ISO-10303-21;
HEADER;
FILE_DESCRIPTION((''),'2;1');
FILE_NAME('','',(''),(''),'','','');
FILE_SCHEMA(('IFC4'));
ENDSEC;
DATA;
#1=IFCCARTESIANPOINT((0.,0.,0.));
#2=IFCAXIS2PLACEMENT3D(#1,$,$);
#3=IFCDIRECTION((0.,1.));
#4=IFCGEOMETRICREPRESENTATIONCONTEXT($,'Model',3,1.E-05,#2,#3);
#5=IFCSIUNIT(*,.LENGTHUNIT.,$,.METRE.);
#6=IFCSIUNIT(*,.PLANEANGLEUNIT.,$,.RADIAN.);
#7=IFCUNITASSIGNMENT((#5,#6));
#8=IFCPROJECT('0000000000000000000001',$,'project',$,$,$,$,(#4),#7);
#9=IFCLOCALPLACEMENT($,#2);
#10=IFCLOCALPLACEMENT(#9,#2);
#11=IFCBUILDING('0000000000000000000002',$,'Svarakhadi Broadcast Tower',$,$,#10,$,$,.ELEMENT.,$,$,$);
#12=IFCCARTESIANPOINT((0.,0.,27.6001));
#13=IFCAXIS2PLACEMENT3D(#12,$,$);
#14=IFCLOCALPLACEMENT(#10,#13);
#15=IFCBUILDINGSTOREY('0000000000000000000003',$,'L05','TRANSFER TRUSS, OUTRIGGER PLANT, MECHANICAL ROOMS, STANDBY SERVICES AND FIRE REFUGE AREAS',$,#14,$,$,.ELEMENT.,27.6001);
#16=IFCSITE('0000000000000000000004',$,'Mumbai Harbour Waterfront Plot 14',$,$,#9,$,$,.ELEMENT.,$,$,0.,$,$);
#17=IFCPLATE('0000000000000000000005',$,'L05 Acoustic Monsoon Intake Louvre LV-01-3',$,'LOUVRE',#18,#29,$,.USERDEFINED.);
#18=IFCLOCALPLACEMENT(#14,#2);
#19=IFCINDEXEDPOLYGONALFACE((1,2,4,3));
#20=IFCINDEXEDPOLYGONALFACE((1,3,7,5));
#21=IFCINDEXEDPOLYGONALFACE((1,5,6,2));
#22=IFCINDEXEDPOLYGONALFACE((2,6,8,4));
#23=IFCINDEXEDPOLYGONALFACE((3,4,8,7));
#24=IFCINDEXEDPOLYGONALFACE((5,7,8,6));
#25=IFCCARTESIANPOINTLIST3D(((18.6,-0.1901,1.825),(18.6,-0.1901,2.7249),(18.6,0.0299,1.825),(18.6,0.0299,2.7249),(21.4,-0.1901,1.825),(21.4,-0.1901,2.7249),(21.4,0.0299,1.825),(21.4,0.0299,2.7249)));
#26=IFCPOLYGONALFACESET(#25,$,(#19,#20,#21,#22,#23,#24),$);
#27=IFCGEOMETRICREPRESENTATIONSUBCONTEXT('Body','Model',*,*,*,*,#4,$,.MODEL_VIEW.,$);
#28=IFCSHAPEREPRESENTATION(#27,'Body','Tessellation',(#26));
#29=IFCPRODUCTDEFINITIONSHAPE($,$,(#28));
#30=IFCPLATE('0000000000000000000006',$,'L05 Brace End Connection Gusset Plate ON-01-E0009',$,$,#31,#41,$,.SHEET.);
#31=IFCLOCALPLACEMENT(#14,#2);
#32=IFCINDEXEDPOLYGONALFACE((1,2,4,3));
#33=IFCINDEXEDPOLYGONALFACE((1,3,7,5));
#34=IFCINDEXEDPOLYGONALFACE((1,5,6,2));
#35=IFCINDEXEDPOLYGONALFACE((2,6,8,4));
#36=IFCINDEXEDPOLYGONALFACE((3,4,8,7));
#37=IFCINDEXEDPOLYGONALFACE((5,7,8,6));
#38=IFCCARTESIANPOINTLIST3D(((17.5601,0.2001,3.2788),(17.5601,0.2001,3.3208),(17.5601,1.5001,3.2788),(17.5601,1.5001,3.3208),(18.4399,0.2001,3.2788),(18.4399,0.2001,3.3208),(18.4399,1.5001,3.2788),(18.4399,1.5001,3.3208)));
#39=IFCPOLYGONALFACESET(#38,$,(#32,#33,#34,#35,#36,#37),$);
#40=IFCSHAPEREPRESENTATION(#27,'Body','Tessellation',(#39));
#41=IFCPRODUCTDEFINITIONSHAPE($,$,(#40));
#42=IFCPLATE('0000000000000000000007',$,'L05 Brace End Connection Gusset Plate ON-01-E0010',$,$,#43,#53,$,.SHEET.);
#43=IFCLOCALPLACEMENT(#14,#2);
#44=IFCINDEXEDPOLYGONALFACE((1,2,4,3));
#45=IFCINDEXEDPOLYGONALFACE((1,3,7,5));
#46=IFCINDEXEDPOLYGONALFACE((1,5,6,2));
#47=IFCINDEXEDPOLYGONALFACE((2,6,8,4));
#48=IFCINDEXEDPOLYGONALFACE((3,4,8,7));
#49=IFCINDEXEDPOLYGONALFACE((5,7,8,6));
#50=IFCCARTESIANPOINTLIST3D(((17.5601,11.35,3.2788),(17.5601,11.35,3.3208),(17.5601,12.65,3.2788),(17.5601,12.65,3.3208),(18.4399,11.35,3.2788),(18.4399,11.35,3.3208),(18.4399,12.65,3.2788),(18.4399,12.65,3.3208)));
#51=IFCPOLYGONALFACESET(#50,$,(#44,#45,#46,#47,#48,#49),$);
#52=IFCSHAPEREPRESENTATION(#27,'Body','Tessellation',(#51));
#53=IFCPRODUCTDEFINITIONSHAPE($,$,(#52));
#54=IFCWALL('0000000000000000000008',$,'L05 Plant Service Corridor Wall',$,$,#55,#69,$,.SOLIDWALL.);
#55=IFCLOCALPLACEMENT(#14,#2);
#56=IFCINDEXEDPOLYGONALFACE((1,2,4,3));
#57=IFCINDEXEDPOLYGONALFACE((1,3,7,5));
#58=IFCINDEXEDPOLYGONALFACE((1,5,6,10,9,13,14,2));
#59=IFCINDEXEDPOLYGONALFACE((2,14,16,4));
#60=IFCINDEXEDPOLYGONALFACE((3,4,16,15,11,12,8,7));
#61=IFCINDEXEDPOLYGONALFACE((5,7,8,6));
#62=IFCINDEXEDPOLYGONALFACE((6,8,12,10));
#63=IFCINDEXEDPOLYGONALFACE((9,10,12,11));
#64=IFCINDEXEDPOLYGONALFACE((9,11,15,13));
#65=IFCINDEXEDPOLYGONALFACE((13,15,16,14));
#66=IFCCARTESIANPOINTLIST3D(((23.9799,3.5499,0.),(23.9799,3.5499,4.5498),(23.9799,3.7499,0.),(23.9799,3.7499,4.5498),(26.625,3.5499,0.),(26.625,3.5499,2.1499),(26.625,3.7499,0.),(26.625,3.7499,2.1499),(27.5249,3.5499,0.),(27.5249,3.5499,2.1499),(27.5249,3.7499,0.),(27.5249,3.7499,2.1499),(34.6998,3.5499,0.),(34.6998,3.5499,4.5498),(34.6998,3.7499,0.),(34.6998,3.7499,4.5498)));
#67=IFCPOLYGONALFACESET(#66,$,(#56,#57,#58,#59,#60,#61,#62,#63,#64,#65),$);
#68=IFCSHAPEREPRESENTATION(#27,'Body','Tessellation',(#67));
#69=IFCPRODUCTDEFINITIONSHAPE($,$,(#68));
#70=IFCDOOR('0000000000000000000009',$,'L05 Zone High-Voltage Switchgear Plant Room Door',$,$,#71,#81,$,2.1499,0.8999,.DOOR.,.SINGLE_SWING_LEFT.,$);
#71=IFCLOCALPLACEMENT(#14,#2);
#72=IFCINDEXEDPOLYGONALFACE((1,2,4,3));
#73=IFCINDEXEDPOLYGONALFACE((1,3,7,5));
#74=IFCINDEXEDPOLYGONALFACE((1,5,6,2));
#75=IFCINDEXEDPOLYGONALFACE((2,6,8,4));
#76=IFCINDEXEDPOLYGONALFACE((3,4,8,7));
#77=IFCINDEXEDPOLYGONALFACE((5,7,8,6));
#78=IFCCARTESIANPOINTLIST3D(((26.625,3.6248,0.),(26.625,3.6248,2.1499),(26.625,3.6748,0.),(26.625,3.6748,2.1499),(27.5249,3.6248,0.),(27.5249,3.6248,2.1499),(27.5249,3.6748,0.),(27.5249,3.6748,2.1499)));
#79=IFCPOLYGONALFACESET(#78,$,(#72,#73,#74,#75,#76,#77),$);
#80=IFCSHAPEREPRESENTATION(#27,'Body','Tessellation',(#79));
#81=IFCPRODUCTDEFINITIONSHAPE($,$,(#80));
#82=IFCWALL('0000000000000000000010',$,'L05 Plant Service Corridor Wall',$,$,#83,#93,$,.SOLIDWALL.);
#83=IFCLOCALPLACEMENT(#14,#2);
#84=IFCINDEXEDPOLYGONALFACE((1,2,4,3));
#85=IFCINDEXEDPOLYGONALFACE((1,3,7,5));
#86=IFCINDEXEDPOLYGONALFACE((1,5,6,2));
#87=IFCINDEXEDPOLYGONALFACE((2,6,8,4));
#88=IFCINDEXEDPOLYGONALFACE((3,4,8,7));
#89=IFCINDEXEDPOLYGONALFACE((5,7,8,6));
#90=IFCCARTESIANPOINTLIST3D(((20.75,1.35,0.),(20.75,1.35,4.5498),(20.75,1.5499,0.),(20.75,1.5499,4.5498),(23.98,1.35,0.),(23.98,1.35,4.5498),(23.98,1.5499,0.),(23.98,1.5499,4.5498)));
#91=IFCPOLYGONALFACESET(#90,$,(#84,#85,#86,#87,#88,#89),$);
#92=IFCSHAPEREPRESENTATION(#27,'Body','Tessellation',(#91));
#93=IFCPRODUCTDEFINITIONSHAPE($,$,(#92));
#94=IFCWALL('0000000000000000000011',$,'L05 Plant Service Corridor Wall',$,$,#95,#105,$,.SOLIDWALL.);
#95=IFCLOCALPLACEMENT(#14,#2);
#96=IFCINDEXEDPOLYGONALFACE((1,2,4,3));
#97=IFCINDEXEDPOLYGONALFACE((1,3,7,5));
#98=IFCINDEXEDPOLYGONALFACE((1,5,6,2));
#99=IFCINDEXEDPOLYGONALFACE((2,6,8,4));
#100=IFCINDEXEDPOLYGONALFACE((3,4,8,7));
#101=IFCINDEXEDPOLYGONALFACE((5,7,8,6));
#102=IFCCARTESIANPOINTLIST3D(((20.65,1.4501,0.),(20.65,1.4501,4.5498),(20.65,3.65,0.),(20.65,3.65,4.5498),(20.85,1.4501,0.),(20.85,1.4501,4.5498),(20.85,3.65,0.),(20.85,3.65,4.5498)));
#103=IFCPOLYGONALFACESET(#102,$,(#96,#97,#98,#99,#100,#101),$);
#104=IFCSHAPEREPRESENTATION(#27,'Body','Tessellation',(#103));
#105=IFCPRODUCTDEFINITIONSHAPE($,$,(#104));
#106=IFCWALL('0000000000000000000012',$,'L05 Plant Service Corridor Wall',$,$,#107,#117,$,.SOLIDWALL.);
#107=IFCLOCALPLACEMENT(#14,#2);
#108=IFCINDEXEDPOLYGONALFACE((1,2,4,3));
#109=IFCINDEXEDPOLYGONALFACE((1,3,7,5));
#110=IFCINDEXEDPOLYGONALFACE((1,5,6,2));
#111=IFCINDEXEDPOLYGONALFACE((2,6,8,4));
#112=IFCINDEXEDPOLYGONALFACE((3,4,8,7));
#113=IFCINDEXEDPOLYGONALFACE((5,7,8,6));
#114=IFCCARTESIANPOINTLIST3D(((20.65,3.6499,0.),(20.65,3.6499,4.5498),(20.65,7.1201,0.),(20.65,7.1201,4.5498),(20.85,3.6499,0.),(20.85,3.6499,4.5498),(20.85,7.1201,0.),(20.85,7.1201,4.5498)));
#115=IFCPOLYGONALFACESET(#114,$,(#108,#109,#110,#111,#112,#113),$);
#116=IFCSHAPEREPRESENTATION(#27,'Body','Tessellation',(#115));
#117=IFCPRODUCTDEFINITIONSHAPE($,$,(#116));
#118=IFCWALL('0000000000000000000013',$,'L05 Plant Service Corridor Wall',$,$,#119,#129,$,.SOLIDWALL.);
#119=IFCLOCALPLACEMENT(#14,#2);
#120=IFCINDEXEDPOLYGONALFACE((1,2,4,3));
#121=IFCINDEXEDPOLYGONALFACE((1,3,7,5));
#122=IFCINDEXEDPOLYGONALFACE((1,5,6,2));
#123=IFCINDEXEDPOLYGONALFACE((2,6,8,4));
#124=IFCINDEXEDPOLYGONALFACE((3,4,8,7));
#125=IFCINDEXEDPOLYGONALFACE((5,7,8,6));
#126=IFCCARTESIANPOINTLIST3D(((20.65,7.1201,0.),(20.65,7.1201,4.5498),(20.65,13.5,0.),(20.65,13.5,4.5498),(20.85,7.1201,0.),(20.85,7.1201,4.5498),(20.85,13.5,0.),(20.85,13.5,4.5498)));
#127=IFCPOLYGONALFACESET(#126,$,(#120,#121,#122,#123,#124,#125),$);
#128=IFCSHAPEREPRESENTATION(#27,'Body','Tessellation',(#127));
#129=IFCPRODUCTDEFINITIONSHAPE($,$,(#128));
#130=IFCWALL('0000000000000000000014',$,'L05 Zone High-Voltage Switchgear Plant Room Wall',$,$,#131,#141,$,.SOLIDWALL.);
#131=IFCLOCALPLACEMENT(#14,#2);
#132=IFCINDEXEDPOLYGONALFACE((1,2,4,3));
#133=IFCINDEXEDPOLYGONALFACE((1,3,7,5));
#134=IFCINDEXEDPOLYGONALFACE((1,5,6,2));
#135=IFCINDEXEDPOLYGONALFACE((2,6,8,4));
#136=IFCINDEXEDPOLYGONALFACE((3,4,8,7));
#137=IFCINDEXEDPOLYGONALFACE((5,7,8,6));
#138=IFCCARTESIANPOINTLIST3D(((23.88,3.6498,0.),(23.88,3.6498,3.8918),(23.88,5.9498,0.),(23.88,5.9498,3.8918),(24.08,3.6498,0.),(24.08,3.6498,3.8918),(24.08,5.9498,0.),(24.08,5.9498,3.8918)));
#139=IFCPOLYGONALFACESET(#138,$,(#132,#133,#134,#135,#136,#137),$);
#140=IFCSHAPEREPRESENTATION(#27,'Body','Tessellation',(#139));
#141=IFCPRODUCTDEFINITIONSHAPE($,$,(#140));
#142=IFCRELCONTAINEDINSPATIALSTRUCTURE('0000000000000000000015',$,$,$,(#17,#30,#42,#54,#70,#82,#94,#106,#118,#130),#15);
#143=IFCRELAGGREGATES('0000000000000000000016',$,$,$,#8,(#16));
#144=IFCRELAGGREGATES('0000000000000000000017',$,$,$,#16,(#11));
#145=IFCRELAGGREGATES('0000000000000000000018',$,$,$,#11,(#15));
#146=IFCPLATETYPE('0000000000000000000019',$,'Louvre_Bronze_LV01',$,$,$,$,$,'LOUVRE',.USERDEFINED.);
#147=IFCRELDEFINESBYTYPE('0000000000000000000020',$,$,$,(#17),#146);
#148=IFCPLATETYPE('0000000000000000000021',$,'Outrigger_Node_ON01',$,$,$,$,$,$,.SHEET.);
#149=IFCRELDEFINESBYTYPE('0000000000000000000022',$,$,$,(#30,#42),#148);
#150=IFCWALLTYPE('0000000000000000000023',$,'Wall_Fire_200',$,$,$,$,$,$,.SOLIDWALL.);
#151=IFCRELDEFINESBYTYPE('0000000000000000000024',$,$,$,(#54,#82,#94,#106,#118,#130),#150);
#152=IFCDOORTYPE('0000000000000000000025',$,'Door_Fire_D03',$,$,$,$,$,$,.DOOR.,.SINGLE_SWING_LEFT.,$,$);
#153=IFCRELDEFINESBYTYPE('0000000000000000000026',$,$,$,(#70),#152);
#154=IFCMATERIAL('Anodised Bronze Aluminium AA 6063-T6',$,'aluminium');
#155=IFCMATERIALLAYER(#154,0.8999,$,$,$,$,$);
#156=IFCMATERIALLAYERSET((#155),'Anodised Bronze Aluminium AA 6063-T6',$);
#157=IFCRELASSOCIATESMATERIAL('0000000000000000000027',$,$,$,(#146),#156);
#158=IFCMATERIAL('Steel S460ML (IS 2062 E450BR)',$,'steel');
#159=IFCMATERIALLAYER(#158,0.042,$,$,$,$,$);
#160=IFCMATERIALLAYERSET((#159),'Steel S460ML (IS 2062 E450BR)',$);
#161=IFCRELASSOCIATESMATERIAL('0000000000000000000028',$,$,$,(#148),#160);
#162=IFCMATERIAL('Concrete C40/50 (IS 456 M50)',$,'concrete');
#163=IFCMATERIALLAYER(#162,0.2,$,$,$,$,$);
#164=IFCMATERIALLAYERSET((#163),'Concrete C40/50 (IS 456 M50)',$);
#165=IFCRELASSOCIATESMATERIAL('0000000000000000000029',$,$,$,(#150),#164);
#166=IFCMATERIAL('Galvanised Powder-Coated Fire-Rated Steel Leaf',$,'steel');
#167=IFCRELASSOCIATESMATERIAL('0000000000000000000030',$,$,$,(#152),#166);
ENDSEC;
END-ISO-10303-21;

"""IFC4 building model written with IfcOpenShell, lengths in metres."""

from ifc_helpers import new_model, si_unit, direction, frame, frame_2d, origin, origin_2d, place, context, subcontext, project, spatial, rectangle, extrude, material, layer, layer_set, type_object, element, fill, save


model = new_model("IFC4")

# Units and contexts
model_context = context("Model", 3, precision=1e-05, world=origin(), true_north=direction((0.0, 1.0)))
body_context = subcontext(model_context, "Body", "Model", "MODEL_VIEW")
ifc_project = project(units=[si_unit("LENGTHUNIT", "METRE"), si_unit("PLANEANGLEUNIT", "RADIAN")], contexts=[model_context])

# Site, building, storey
site_placement = place(None, origin())
site = spatial("IfcSite", under=ifc_project, at=site_placement, Name="Mumbai Harbour Waterfront Plot 14", CompositionType="ELEMENT", RefElevation=0.0)
building_placement = place(site_placement, origin())
building = spatial("IfcBuilding", under=site, at=building_placement, Name="Svarakhadi Broadcast Tower", CompositionType="ELEMENT")
storey_placement = place(building_placement, frame((0.0, 0.0, 27.6001)))
storey = spatial("IfcBuildingStorey", under=building, at=storey_placement, Name="L05", Description="TRANSFER TRUSS, OUTRIGGER PLANT, MECHANICAL ROOMS, STANDBY SERVICES AND FIRE REFUGE AREAS", CompositionType="ELEMENT", Elevation=27.6001)

# Shared definitions
ifc_material_1 = material(Name="Steel S460ML (IS 2062 E450BR)", Category="steel")

# Plates
ifc_material_2 = material(Name="Anodised Bronze Aluminium AA 6063-T6", Category="aluminium")
ifc_layer_1 = layer(ifc_material_2, 0.8999)
ifc_layer_set_1 = layer_set([ifc_layer_1], Name="Anodised Bronze Aluminium AA 6063-T6")
plate_type_1 = type_object("IfcPlateType", Name="Louvre_Bronze_LV01", ElementType="LOUVRE", PredefinedType="USERDEFINED", material=ifc_layer_set_1)
plate_placement = place(storey_placement, frame((20.0, -0.0801, 1.825), z_axis=(0.0, 0.0, 1.0), x_axis=(1.0, 0.0, 0.0)))
element("IfcPlate", 1, at=plate_placement, inside=storey, type_object=plate_type_1, Name="L05 Acoustic Monsoon Intake Louvre LV-01-3", ObjectType="LOUVRE", PredefinedType="USERDEFINED", context=body_context, shape_type="SweptSolid", body=[
    extrude(rectangle(XDim=2.8, YDim=0.22, at=origin_2d()), origin(), (0.0, 0.0, 1.0), 0.8999),
])
ifc_layer_2 = layer(ifc_material_1, 0.042)
ifc_layer_set_2 = layer_set([ifc_layer_2], Name="Steel S460ML (IS 2062 E450BR)")
plate_type_2 = type_object("IfcPlateType", Name="Outrigger_Node_ON01", PredefinedType="SHEET", material=ifc_layer_set_2)
for number, where, z_axis, x_axis, name in (
    (2, (18.0, 0.8501, 3.2788), (0.0, 0.0, 1.0), (0.0, 1.0, 0.0), "L05 Brace End Connection Gusset Plate ON-01-E0009"),
    (3, (18.0, 12.0, 3.2788), (0.0, 0.0, 1.0), (0.0, 1.0, 0.0), "L05 Brace End Connection Gusset Plate ON-01-E0010"),
):
    element("IfcPlate", number, at=place(storey_placement, frame(where, z_axis=z_axis, x_axis=x_axis)), inside=storey, type_object=plate_type_2, Name=name, PredefinedType="SHEET", context=body_context, shape_type="SweptSolid", body=[
        extrude(rectangle(XDim=1.3, YDim=0.8799, at=origin_2d()), origin(), (0.0, 0.0, 1.0), 0.042),
    ])

# Wall, opening, door
ifc_material_3 = material(Name="Concrete C40/50 (IS 456 M50)", Category="concrete")
ifc_layer_3 = layer(ifc_material_3, 0.2)
ifc_layer_set_3 = layer_set([ifc_layer_3], Name="Concrete C40/50 (IS 456 M50)")
wall_type_1 = type_object("IfcWallType", Name="Wall_Fire_200", PredefinedType="SOLIDWALL", material=ifc_layer_set_3)
wall_1_placement = place(storey_placement, frame((23.98, 3.6499, 0.0), z_axis=(0.0, 0.0, 1.0), x_axis=(1.0, 0.0, 0.0)))
wall_1 = element("IfcWall", 4, at=wall_1_placement, inside=storey, type_object=wall_type_1, Name="L05 Plant Service Corridor Wall", PredefinedType="SOLIDWALL", context=body_context, shape_type="SweptSolid", body=[
    extrude(rectangle(XDim=10.72, YDim=0.2, at=frame_2d((5.3599, 0.0))), origin(), (0.0, 0.0, 1.0), 4.5498),
])
opening_1_placement = place(wall_1_placement, frame((2.645, 0.0, 0.0)))
opening_1 = element("IfcOpeningElement", 5, at=opening_1_placement, cuts=wall_1, PredefinedType="OPENING", context=body_context, shape_type="SweptSolid", body=[
    extrude(rectangle(XDim=0.8999, YDim=2.1499, at=frame_2d((0.45, 1.075))), frame((0.0, 0.1099, 0.0), z_axis=(0.0, -1.0, 0.0), x_axis=(1.0, 0.0, 0.0)), (0.0, 0.0, 1.0), 0.22),
])
ifc_material_4 = material(Name="Galvanised Powder-Coated Fire-Rated Steel Leaf", Category="steel")
door_type_1 = type_object("IfcDoorType", Name="Door_Fire_D03", OperationType="SINGLE_SWING_LEFT", PredefinedType="DOOR", material=ifc_material_4)
door_1_placement = place(opening_1_placement, origin())
door_1 = element("IfcDoor", 6, at=door_1_placement, inside=storey, type_object=door_type_1, Name="L05 Zone High-Voltage Switchgear Plant Room Door", OperationType="SINGLE_SWING_LEFT", OverallHeight=2.1499, OverallWidth=0.8999, PredefinedType="DOOR", context=body_context, shape_type="SweptSolid", body=[
    extrude(rectangle(XDim=0.8999, YDim=2.1499, at=frame_2d((0.45, 1.075))), frame((0.0, 0.0249, 0.0), z_axis=(0.0, -1.0, 0.0), x_axis=(1.0, 0.0, 0.0)), (0.0, 0.0, 1.0), 0.05),
])
fill(opening_1, door_1)

# Walls
wall_2_placement = place(storey_placement, frame((23.98, 1.45, 0.0), z_axis=(0.0, 0.0, 1.0), x_axis=(-1.0, 0.0, 0.0)))
element("IfcWall", 7, at=wall_2_placement, inside=storey, type_object=wall_type_1, Name="L05 Plant Service Corridor Wall", PredefinedType="SOLIDWALL", context=body_context, shape_type="SweptSolid", body=[
    extrude(rectangle(XDim=3.23, YDim=0.2, at=frame_2d((1.615, 0.0))), origin(), (0.0, 0.0, 1.0), 4.5498),
])
wall_3_placement = place(storey_placement, frame((20.75, 1.45, 0.0), z_axis=(0.0, 0.0, 1.0), x_axis=(0.0, 1.0, 0.0)))
element("IfcWall", 8, at=wall_3_placement, inside=storey, type_object=wall_type_1, Name="L05 Plant Service Corridor Wall", PredefinedType="SOLIDWALL", context=body_context, shape_type="SweptSolid", body=[
    extrude(rectangle(XDim=2.2, YDim=0.2, at=frame_2d((1.1001, 0.0))), origin(), (0.0, 0.0, 1.0), 4.5498),
])
wall_4_placement = place(storey_placement, frame((20.75, 3.6499, 0.0), z_axis=(0.0, 0.0, 1.0), x_axis=(0.0, 1.0, 0.0)))
element("IfcWall", 9, at=wall_4_placement, inside=storey, type_object=wall_type_1, Name="L05 Plant Service Corridor Wall", PredefinedType="SOLIDWALL", context=body_context, shape_type="SweptSolid", body=[
    extrude(rectangle(XDim=3.4702, YDim=0.2, at=frame_2d((1.7351, 0.0))), origin(), (0.0, 0.0, 1.0), 4.5498),
])
wall_5_placement = place(storey_placement, frame((20.75, 7.1201, 0.0), z_axis=(0.0, 0.0, 1.0), x_axis=(0.0, 1.0, 0.0)))
element("IfcWall", 10, at=wall_5_placement, inside=storey, type_object=wall_type_1, Name="L05 Plant Service Corridor Wall", PredefinedType="SOLIDWALL", context=body_context, shape_type="SweptSolid", body=[
    extrude(rectangle(XDim=6.3799, YDim=0.2, at=frame_2d((3.1899, 0.0))), origin(), (0.0, 0.0, 1.0), 4.5498),
])
wall_6_placement = place(storey_placement, frame((23.98, 3.6499, 0.0), z_axis=(0.0, 0.0, 1.0), x_axis=(0.0, 1.0, 0.0)))
element("IfcWall", 11, at=wall_6_placement, inside=storey, type_object=wall_type_1, Name="L05 Zone High-Voltage Switchgear Plant Room Wall", PredefinedType="SOLIDWALL", context=body_context, shape_type="SweptSolid", body=[
    extrude(rectangle(XDim=2.3, YDim=0.2, at=frame_2d((1.1499, 0.0))), origin(), (0.0, 0.0, 1.0), 3.8918),
])

save(model, "model.ifc")
